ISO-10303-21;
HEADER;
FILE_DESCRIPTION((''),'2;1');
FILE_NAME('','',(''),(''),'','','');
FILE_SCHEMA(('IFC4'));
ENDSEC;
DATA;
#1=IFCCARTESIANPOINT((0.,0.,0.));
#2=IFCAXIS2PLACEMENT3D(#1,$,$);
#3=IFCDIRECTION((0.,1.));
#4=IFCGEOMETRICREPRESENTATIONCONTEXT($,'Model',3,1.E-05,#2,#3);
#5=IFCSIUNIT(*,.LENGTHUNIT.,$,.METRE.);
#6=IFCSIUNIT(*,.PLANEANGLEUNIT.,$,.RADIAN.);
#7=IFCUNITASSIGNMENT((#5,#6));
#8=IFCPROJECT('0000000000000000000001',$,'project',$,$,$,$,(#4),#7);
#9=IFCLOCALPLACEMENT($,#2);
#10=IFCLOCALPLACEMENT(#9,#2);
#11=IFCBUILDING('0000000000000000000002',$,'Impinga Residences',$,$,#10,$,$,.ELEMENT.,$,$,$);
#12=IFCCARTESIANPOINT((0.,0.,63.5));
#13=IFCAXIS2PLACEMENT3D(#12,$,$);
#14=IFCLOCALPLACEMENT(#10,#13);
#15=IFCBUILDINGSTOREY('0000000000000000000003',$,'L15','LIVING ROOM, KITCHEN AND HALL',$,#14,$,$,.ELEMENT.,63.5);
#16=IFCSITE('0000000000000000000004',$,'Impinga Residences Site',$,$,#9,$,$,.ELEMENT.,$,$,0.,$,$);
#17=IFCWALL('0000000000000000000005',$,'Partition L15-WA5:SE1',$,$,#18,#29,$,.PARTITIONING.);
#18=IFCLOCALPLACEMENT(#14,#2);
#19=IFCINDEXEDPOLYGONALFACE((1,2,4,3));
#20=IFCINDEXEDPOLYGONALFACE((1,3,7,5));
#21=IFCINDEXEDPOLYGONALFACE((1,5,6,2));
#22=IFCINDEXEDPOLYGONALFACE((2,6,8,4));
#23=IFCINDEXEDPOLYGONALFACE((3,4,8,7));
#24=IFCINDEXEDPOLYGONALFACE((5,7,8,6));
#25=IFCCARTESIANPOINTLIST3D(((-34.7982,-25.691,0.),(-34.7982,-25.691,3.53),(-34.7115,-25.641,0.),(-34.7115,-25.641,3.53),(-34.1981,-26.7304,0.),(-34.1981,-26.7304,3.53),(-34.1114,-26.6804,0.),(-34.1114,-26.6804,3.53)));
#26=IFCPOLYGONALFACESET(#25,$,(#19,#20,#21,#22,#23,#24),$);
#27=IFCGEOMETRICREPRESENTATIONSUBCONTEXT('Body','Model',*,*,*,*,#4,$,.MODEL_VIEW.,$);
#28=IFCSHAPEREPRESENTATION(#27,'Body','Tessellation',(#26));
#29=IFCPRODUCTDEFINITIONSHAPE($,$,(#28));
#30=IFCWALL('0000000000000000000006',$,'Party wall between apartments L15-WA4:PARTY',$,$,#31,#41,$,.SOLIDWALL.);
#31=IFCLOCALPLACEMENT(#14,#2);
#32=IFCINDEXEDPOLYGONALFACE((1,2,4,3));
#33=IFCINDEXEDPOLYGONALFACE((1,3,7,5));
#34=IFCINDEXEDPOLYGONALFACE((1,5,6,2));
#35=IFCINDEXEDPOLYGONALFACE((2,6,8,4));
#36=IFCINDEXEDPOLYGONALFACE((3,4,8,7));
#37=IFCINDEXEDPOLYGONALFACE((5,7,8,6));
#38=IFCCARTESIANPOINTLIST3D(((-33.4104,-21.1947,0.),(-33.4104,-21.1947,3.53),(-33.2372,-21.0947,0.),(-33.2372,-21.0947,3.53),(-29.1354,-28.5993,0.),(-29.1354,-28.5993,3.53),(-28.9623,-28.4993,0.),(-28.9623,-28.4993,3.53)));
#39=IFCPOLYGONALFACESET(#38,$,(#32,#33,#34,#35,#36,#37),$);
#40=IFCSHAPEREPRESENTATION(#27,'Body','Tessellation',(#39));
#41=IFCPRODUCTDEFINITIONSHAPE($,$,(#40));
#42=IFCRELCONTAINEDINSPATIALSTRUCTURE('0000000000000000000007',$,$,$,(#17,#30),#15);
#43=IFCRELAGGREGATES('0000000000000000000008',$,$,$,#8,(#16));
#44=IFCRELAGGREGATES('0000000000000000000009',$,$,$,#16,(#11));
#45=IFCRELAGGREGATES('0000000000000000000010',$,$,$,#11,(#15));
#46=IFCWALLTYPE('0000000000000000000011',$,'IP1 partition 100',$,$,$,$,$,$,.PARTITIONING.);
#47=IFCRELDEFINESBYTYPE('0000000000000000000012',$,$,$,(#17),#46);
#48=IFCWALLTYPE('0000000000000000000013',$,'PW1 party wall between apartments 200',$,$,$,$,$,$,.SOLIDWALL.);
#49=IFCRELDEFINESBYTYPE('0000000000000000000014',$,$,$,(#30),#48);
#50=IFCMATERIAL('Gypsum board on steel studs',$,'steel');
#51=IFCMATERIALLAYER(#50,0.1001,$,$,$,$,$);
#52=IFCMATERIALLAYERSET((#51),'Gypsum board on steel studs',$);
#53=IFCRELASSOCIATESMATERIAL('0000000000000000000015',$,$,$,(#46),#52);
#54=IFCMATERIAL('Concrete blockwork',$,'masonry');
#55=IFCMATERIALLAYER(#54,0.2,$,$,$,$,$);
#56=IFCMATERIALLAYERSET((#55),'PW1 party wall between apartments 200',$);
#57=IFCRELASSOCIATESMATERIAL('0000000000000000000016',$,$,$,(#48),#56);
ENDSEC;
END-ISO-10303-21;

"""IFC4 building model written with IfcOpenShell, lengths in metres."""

from ifc_helpers import new_model, si_unit, direction, frame, frame_2d, origin, place, context, subcontext, project, spatial, rectangle, extrude, material, layer, layer_set, type_object, element, save


model = new_model("IFC4")

# Units and contexts
model_context = context("Model", 3, precision=1e-05, world=origin(), true_north=direction((0.0, 1.0)))
body_context = subcontext(model_context, "Body", "Model", "MODEL_VIEW")
ifc_project = project(units=[si_unit("LENGTHUNIT", "METRE"), si_unit("PLANEANGLEUNIT", "RADIAN")], contexts=[model_context])

# Site, building, storey
site_placement = place(None, origin())
site = spatial("IfcSite", under=ifc_project, at=site_placement, Name="Impinga Residences Site", CompositionType="ELEMENT", RefElevation=0.0)
building_placement = place(site_placement, origin())
building = spatial("IfcBuilding", under=site, at=building_placement, Name="Impinga Residences", CompositionType="ELEMENT")
storey_placement = place(building_placement, frame((0.0, 0.0, 63.5)))
storey = spatial("IfcBuildingStorey", under=building, at=storey_placement, Name="L15", Description="LIVING ROOM, KITCHEN AND HALL", CompositionType="ELEMENT", Elevation=63.5)

# Shared definitions
ifc_material_1 = material(Name="Gypsum board on steel studs", Category="steel")
ifc_layer_1 = layer(ifc_material_1, 0.1001)
ifc_layer_set_1 = layer_set([ifc_layer_1], Name="Gypsum board on steel studs")
wall_type_1 = type_object("IfcWallType", Name="IP1 partition 100", PredefinedType="PARTITIONING", material=ifc_layer_set_1)

# Walls
for number, where, z_axis, x_axis, name in (
    (1, (-34.7549, -25.666, 0.0), (0.0, 0.0, 1.0), (0.500034, -0.866006, 0.0), "Partition L15-WA5:SE1"),
):
    element("IfcWall", number, at=place(storey_placement, frame(where, z_axis=z_axis, x_axis=x_axis)), inside=storey, type_object=wall_type_1, Name=name, PredefinedType="PARTITIONING", context=body_context, shape_type="SweptSolid", body=[
        extrude(rectangle(XDim=1.2002, YDim=0.1001, at=frame_2d((0.6001, 0.0))), origin(), (0.0, 0.0, 1.0), 3.53),
    ])
ifc_material_2 = material(Name="Concrete blockwork", Category="masonry")
ifc_layer_2 = layer(ifc_material_2, 0.2)
ifc_layer_set_2 = layer_set([ifc_layer_2], Name="PW1 party wall between apartments 200")
wall_type_2 = type_object("IfcWallType", Name="PW1 party wall between apartments 200", PredefinedType="SOLIDWALL", material=ifc_layer_set_2)
wall_1_placement = place(storey_placement, frame((-33.3237, -21.1448, 0.0), z_axis=(0.0, 0.0, 1.0), x_axis=(0.49999, -0.866031, 0.0)))
element("IfcWall", 2, at=wall_1_placement, inside=storey, type_object=wall_type_2, Name="Party wall between apartments L15-WA4:PARTY", PredefinedType="SOLIDWALL", context=body_context, shape_type="SweptSolid", body=[
    extrude(rectangle(XDim=8.55, YDim=0.2, at=frame_2d((4.2749, 0.0))), origin(), (0.0, 0.0, 1.0), 3.53),
])

save(model, "model.ifc")
